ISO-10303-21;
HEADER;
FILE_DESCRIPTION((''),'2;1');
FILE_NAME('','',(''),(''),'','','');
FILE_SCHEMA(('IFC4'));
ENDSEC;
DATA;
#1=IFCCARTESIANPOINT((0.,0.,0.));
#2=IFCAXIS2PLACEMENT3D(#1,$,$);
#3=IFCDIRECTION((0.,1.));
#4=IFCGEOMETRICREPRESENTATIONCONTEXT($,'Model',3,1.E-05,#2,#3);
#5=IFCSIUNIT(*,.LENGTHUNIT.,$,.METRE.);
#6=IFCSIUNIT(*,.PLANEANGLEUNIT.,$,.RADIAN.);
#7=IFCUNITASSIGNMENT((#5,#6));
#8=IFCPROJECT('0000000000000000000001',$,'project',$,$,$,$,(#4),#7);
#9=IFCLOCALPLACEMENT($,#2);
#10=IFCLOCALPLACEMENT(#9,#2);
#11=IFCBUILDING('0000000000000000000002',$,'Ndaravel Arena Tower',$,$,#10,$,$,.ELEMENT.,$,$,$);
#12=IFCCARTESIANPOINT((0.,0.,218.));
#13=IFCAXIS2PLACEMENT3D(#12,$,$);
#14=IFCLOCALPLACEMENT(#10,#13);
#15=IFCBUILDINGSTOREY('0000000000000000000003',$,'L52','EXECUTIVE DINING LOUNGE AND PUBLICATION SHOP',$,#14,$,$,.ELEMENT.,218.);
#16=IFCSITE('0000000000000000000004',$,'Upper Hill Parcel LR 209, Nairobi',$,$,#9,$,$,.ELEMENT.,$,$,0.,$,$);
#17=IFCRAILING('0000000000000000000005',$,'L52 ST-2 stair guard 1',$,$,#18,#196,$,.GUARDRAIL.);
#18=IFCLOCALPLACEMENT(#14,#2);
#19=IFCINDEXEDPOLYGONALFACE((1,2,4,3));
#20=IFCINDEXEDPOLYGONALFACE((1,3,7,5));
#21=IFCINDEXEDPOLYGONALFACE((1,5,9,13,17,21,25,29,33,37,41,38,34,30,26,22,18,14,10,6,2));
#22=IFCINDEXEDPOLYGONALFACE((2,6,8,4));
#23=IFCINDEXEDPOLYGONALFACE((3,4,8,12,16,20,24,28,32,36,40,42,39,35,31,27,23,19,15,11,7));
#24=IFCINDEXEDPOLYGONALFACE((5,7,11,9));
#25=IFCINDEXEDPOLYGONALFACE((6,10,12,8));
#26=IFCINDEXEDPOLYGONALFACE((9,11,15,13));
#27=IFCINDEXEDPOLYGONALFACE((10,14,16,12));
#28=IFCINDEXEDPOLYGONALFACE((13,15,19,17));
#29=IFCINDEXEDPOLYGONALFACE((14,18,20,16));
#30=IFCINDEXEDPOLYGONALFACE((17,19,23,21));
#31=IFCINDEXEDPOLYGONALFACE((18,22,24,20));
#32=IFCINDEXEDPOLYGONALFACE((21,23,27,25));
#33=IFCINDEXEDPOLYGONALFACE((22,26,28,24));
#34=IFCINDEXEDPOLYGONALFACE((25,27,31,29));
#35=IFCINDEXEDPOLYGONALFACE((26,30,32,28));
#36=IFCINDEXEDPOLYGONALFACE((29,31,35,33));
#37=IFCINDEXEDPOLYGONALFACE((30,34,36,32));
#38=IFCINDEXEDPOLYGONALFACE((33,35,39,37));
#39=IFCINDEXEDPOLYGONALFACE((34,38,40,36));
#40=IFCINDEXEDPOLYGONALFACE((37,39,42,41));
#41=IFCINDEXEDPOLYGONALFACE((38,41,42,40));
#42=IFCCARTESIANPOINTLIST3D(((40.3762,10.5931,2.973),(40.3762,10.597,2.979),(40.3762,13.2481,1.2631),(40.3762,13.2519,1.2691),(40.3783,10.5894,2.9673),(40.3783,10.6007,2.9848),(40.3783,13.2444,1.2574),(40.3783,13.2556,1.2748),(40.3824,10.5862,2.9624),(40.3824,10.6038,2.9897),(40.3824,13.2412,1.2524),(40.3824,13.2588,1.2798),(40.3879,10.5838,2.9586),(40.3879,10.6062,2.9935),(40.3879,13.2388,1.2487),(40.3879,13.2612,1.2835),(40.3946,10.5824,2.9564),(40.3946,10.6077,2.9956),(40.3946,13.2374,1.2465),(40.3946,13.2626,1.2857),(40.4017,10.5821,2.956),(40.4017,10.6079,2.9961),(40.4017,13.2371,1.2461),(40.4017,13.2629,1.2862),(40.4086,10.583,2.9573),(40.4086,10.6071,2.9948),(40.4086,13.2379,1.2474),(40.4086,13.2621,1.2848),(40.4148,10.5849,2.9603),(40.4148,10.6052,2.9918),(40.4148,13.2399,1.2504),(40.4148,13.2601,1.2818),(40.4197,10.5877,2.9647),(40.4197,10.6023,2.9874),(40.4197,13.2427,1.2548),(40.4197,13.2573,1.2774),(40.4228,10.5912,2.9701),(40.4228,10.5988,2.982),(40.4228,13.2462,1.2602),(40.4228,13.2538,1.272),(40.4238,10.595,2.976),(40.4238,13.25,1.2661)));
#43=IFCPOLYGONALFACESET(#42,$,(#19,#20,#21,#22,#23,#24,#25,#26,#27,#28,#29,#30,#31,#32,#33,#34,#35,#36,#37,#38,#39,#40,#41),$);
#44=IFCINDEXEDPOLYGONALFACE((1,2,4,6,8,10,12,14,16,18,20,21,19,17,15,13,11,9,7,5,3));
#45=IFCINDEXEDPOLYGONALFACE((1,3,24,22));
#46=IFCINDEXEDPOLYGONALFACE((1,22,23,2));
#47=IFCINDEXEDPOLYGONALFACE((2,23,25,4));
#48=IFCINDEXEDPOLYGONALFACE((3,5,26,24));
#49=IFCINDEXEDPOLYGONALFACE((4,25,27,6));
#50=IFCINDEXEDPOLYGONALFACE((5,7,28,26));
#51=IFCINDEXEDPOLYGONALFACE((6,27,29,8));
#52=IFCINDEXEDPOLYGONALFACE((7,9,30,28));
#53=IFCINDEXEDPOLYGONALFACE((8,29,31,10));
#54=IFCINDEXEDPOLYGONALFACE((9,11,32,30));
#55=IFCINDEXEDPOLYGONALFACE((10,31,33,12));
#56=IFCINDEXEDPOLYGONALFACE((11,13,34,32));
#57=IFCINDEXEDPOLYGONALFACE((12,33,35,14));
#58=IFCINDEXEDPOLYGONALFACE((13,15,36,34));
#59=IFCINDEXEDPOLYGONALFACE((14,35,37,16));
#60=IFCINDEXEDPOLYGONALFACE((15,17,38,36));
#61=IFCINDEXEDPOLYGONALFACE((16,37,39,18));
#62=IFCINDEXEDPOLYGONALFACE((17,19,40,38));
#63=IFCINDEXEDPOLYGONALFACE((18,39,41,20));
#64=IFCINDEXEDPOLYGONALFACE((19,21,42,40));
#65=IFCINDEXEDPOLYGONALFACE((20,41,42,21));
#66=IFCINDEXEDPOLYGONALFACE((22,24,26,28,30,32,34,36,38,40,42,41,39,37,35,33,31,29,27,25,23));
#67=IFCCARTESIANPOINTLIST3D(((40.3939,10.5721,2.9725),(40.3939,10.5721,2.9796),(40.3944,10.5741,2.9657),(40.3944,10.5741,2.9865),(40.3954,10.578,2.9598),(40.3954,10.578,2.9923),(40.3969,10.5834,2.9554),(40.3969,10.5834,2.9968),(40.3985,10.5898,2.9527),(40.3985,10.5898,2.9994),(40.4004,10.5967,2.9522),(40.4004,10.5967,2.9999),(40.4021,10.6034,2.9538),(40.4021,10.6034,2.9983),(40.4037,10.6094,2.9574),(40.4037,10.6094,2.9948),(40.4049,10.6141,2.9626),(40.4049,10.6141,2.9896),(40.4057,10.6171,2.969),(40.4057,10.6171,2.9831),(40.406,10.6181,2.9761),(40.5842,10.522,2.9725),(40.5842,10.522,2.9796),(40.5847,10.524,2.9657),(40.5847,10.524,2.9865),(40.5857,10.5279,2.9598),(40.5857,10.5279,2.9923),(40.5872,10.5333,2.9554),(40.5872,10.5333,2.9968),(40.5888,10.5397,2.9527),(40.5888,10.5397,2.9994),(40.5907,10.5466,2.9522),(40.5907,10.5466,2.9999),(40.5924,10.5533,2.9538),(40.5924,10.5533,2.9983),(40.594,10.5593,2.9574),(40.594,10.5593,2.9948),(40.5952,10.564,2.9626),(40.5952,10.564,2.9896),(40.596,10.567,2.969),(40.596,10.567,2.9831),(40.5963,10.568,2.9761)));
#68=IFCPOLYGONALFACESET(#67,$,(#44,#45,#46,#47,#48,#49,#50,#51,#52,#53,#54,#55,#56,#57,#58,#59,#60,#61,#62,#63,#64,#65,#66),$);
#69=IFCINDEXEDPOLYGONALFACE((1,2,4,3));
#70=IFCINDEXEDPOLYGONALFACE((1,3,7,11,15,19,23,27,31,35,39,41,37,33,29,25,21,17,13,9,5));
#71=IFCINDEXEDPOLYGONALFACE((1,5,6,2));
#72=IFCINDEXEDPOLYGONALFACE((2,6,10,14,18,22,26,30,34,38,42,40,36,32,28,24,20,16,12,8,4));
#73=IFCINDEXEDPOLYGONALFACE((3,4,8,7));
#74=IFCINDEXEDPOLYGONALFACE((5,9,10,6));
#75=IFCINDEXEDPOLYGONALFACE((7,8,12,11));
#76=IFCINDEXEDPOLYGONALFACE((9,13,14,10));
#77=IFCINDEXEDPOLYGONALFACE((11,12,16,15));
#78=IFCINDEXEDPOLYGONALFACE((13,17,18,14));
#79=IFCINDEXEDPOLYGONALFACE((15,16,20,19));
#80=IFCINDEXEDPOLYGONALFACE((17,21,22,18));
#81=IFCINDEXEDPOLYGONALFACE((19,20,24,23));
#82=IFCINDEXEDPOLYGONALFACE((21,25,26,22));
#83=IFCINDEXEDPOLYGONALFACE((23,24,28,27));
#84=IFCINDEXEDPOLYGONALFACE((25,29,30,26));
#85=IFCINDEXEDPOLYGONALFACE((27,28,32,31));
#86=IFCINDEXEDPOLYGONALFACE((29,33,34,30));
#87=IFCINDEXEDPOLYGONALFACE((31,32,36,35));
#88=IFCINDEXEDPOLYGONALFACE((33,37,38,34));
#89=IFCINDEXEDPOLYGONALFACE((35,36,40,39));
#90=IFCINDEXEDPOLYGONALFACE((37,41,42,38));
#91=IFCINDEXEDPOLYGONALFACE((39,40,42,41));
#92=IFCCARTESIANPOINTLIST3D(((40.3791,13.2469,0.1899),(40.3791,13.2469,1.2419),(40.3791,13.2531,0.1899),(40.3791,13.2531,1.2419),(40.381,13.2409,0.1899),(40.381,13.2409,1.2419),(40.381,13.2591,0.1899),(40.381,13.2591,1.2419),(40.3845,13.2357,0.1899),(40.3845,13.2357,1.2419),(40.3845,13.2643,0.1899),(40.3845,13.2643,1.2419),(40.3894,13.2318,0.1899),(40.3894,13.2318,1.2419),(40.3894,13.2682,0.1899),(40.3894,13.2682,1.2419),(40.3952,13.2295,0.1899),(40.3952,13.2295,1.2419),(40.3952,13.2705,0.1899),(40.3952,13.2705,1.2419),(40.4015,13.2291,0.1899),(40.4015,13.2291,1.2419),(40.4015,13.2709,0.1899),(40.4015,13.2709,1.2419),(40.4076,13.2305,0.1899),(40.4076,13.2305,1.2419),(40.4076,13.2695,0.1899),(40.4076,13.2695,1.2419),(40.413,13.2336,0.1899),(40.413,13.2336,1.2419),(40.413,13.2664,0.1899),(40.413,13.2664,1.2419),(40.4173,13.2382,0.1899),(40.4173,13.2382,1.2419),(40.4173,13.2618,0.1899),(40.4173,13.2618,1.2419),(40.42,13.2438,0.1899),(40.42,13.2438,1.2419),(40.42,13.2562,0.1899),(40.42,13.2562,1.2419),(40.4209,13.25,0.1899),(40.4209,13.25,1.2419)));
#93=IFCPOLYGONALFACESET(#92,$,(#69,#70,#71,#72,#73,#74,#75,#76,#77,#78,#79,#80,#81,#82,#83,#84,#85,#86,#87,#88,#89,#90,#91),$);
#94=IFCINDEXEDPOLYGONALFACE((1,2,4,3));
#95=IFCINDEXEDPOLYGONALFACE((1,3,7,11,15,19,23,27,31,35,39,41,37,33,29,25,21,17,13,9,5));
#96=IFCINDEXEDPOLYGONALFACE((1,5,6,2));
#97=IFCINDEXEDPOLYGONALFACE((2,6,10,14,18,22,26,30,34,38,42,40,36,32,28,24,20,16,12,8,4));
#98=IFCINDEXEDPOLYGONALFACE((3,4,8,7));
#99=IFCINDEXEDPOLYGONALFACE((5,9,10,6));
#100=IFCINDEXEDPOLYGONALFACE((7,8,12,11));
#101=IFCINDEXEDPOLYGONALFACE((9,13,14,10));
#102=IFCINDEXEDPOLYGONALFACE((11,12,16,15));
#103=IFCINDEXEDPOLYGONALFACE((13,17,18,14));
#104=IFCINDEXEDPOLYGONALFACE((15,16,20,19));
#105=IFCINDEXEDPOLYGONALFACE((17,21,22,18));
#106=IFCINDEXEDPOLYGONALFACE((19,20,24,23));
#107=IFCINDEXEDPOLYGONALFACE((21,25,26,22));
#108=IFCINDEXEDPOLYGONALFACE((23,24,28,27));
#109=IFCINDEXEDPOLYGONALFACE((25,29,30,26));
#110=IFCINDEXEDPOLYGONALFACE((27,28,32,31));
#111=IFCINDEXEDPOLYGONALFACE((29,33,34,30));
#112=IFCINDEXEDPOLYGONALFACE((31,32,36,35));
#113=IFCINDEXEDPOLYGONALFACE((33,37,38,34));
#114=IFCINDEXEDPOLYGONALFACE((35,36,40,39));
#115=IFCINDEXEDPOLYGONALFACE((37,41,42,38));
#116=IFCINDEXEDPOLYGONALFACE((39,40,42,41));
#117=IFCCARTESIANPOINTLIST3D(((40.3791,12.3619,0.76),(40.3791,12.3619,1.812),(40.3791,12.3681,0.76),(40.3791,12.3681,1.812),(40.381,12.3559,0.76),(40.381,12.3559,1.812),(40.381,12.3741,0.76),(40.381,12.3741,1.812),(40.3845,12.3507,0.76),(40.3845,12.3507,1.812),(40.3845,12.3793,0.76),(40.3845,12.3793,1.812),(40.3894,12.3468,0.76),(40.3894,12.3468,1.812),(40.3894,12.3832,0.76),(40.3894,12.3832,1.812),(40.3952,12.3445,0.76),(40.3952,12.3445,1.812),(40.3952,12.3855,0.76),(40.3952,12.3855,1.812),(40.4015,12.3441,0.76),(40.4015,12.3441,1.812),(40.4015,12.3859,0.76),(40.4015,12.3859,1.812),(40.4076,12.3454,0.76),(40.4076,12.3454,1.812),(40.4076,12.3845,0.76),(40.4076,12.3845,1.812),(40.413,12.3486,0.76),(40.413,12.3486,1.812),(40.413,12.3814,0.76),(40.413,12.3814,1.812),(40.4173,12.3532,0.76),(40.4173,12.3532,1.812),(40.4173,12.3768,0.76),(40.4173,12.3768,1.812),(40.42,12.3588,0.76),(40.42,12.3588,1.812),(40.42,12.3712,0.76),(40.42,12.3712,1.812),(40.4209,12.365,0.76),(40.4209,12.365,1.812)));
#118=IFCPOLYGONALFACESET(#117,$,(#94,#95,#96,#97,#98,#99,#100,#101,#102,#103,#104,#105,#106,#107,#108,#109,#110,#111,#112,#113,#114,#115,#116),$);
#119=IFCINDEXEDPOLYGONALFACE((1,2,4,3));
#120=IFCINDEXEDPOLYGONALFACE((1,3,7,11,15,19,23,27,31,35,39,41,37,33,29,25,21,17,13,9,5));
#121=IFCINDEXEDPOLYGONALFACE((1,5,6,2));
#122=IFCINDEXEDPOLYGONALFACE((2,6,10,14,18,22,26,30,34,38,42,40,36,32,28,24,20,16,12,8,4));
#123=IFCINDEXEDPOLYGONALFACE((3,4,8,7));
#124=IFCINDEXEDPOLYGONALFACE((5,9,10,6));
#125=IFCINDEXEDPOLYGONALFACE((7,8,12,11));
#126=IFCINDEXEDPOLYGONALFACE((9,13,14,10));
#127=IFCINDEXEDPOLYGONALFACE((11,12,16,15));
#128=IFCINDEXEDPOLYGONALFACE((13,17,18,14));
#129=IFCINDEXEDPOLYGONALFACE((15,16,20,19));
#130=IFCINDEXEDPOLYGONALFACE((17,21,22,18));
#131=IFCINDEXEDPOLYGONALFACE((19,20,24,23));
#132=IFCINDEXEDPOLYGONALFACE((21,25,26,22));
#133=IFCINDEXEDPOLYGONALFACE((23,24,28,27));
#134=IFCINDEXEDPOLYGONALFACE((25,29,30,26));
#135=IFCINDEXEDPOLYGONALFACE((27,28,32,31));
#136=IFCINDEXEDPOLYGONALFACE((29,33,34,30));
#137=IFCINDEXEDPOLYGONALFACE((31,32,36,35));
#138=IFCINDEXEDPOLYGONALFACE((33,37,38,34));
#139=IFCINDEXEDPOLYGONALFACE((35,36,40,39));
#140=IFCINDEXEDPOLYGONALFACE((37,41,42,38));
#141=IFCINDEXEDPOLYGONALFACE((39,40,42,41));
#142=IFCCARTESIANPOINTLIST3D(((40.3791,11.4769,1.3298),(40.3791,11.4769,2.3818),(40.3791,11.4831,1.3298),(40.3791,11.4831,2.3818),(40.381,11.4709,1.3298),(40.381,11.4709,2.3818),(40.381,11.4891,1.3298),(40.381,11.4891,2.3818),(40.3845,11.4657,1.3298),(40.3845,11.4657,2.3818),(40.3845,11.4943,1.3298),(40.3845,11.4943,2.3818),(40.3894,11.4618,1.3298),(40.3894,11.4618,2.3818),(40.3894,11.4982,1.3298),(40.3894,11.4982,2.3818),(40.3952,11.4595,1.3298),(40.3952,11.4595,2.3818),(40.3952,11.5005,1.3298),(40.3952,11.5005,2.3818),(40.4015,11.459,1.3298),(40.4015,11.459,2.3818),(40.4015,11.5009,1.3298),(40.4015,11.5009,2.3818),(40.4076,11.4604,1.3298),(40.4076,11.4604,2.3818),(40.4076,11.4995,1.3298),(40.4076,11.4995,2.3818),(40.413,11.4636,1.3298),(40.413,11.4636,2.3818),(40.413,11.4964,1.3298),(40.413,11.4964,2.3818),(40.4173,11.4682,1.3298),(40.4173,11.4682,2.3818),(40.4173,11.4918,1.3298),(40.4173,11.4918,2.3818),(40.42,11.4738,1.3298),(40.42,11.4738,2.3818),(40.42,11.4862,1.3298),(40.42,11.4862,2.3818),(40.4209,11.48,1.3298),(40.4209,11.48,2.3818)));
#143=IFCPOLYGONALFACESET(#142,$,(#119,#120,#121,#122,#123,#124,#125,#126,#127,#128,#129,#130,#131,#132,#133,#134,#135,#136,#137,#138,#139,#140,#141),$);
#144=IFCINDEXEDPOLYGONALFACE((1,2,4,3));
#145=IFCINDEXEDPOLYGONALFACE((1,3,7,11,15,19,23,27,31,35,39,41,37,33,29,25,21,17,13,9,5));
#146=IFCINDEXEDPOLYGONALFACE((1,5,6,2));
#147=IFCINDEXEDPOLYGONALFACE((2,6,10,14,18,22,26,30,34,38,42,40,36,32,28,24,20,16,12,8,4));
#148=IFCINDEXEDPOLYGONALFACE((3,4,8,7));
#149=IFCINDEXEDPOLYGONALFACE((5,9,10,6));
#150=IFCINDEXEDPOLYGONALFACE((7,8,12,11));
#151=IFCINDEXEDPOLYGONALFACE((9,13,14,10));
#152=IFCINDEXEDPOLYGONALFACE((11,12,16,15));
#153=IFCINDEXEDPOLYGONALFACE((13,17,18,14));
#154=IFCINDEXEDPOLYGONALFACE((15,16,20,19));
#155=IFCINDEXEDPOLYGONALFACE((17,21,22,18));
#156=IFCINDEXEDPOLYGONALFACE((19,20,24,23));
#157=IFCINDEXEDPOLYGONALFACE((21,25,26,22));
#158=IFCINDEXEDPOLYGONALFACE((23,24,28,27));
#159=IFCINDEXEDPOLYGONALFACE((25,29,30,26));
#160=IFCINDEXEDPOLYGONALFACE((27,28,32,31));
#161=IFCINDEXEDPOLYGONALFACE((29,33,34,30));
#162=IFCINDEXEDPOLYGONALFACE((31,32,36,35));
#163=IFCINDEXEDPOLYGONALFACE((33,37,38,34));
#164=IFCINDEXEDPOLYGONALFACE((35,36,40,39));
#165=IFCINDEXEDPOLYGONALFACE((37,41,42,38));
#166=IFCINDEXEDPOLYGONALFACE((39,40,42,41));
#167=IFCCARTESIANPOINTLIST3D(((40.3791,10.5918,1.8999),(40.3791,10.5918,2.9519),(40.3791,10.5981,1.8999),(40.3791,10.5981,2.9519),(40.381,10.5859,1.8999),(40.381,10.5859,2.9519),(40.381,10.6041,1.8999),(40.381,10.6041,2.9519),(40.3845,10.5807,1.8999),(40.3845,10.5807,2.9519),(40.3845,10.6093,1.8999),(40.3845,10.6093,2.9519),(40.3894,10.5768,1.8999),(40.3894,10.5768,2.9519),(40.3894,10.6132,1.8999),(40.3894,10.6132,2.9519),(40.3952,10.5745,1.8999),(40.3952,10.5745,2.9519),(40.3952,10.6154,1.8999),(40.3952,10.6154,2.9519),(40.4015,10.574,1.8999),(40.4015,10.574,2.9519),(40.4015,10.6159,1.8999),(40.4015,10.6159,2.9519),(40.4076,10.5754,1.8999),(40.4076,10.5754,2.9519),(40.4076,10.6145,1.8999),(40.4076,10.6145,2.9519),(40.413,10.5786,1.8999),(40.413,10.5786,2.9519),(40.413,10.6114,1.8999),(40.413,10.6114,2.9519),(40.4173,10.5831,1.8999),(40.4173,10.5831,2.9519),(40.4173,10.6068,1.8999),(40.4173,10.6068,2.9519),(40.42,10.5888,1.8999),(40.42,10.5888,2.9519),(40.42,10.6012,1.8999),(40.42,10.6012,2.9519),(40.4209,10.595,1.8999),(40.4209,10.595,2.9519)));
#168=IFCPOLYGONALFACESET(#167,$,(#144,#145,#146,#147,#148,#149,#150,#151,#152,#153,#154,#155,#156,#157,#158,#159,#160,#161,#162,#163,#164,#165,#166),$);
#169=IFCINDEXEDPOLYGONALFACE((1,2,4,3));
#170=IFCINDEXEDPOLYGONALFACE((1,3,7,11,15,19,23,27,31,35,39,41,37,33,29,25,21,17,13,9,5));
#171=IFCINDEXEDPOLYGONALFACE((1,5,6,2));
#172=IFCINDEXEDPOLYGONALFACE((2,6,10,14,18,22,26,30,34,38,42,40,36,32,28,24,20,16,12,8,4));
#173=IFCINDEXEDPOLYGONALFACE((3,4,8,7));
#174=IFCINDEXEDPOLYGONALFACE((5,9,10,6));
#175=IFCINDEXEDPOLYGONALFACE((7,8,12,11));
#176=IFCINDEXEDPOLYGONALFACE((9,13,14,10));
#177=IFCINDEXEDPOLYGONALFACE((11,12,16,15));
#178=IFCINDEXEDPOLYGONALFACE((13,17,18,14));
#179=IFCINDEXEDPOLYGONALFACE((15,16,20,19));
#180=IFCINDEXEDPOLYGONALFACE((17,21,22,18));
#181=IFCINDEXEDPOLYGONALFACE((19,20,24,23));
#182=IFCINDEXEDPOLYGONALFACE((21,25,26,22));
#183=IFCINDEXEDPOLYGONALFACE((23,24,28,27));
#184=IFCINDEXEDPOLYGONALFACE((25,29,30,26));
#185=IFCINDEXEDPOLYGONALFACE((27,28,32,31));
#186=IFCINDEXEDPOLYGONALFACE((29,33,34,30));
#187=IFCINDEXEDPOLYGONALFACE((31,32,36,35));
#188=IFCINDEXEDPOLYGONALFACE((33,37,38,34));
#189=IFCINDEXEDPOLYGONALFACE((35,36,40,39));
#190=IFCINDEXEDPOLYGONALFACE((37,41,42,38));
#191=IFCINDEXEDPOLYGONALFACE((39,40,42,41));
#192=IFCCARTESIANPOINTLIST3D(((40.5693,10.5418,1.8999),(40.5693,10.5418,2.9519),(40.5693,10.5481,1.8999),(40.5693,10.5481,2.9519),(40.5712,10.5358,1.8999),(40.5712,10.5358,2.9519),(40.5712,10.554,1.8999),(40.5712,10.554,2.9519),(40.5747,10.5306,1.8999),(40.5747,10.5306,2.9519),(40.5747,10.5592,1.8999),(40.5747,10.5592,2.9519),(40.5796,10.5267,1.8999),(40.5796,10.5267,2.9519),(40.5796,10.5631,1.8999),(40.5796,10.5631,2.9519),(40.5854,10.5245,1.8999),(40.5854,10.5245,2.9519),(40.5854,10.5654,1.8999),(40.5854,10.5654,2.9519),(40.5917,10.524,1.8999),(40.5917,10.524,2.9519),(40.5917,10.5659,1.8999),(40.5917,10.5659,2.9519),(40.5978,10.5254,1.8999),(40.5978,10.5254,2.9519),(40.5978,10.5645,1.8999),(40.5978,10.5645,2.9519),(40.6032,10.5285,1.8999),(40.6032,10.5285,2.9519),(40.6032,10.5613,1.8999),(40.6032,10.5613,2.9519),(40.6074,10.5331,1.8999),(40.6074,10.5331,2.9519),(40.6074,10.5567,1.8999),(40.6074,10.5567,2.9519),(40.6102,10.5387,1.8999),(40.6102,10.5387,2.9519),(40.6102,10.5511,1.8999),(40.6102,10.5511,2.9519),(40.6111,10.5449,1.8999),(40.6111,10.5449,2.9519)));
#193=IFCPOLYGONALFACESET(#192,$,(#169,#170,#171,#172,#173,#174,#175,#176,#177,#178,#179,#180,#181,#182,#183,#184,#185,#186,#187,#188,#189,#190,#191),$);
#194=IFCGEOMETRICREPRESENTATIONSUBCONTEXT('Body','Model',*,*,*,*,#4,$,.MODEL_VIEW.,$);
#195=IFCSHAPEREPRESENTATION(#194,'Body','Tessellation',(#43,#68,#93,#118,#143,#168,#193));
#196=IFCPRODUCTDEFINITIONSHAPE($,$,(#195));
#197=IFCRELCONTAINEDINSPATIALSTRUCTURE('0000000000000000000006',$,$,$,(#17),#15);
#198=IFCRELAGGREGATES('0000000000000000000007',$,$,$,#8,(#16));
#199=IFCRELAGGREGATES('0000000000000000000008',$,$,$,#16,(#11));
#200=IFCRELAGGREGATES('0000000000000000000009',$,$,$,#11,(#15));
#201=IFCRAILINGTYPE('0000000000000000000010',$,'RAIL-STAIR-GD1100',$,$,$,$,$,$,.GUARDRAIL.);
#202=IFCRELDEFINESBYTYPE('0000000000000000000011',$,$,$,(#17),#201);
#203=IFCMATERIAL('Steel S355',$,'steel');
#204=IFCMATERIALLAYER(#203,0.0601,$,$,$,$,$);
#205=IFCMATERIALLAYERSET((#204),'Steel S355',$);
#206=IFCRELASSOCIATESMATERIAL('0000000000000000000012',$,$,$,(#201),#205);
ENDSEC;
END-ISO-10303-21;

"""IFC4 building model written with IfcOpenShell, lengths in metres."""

from ifc_helpers import new_model, si_unit, direction, frame, origin, origin_2d, place, context, subcontext, project, spatial, circle, extrude, material, layer, layer_set, type_object, element, save


model = new_model("IFC4")

# Units and contexts
model_context = context("Model", 3, precision=1e-05, world=origin(), true_north=direction((0.0, 1.0)))
body_context = subcontext(model_context, "Body", "Model", "MODEL_VIEW")
ifc_project = project(units=[si_unit("LENGTHUNIT", "METRE"), si_unit("PLANEANGLEUNIT", "RADIAN")], contexts=[model_context])

# Site, building, storey
site_placement = place(None, origin())
site = spatial("IfcSite", under=ifc_project, at=site_placement, Name="Upper Hill Parcel LR 209, Nairobi", CompositionType="ELEMENT", RefElevation=0.0)
building_placement = place(site_placement, origin())
building = spatial("IfcBuilding", under=site, at=building_placement, Name="Ndaravel Arena Tower", CompositionType="ELEMENT")
storey_placement = place(building_placement, frame((0.0, 0.0, 218.0)))
storey = spatial("IfcBuildingStorey", under=building, at=storey_placement, Name="L52", Description="EXECUTIVE DINING LOUNGE AND PUBLICATION SHOP", CompositionType="ELEMENT", Elevation=218.0)

# Railing
ifc_material_1 = material(Name="Steel S355", Category="steel")
ifc_layer_1 = layer(ifc_material_1, 0.0601)
ifc_layer_set_1 = layer_set([ifc_layer_1], Name="Steel S355")
railing_type_1 = type_object("IfcRailingType", Name="RAIL-STAIR-GD1100", PredefinedType="GUARDRAIL", material=ifc_layer_set_1)
railing_1_placement = place(storey_placement, frame((40.3999, 13.25, 0.1899)))
element("IfcRailing", 1, at=railing_1_placement, inside=storey, type_object=railing_type_1, Name="L52 ST-2 stair guard 1", PredefinedType="GUARDRAIL", context=body_context, shape_type="SweptSolid", body=[
    extrude(circle(Radius=0.0239, at=origin_2d()), frame((0.0, 0.0, 1.0762), z_axis=(0.0, -0.840724, 0.541465), x_axis=(1.0, 0.0, 0.0)), (0.0, 0.0, 1.0), 3.158),
    extrude(circle(Radius=0.0239, at=origin_2d()), frame((0.0, -2.655, 2.7861), z_axis=(0.967075, -0.254493, 0.0), x_axis=(0.254493, 0.967075, 0.0)), (0.0, 0.0, 1.0), 0.1968),
    extrude(circle(Radius=0.021, at=origin_2d()), origin(), (0.0, 0.0, 1.0), 1.052),
    extrude(circle(Radius=0.021, at=origin_2d()), frame((0.0, -0.885, 0.5701)), (0.0, 0.0, 1.0), 1.052),
    extrude(circle(Radius=0.021, at=origin_2d()), frame((0.0, -1.77, 1.1399)), (0.0, 0.0, 1.0), 1.052),
    extrude(circle(Radius=0.021, at=origin_2d()), frame((0.0, -2.655, 1.71)), (0.0, 0.0, 1.0), 1.052),
    extrude(circle(Radius=0.021, at=origin_2d()), frame((0.1902, -2.7051, 1.71)), (0.0, 0.0, 1.0), 1.052),
])

save(model, "model.ifc")
